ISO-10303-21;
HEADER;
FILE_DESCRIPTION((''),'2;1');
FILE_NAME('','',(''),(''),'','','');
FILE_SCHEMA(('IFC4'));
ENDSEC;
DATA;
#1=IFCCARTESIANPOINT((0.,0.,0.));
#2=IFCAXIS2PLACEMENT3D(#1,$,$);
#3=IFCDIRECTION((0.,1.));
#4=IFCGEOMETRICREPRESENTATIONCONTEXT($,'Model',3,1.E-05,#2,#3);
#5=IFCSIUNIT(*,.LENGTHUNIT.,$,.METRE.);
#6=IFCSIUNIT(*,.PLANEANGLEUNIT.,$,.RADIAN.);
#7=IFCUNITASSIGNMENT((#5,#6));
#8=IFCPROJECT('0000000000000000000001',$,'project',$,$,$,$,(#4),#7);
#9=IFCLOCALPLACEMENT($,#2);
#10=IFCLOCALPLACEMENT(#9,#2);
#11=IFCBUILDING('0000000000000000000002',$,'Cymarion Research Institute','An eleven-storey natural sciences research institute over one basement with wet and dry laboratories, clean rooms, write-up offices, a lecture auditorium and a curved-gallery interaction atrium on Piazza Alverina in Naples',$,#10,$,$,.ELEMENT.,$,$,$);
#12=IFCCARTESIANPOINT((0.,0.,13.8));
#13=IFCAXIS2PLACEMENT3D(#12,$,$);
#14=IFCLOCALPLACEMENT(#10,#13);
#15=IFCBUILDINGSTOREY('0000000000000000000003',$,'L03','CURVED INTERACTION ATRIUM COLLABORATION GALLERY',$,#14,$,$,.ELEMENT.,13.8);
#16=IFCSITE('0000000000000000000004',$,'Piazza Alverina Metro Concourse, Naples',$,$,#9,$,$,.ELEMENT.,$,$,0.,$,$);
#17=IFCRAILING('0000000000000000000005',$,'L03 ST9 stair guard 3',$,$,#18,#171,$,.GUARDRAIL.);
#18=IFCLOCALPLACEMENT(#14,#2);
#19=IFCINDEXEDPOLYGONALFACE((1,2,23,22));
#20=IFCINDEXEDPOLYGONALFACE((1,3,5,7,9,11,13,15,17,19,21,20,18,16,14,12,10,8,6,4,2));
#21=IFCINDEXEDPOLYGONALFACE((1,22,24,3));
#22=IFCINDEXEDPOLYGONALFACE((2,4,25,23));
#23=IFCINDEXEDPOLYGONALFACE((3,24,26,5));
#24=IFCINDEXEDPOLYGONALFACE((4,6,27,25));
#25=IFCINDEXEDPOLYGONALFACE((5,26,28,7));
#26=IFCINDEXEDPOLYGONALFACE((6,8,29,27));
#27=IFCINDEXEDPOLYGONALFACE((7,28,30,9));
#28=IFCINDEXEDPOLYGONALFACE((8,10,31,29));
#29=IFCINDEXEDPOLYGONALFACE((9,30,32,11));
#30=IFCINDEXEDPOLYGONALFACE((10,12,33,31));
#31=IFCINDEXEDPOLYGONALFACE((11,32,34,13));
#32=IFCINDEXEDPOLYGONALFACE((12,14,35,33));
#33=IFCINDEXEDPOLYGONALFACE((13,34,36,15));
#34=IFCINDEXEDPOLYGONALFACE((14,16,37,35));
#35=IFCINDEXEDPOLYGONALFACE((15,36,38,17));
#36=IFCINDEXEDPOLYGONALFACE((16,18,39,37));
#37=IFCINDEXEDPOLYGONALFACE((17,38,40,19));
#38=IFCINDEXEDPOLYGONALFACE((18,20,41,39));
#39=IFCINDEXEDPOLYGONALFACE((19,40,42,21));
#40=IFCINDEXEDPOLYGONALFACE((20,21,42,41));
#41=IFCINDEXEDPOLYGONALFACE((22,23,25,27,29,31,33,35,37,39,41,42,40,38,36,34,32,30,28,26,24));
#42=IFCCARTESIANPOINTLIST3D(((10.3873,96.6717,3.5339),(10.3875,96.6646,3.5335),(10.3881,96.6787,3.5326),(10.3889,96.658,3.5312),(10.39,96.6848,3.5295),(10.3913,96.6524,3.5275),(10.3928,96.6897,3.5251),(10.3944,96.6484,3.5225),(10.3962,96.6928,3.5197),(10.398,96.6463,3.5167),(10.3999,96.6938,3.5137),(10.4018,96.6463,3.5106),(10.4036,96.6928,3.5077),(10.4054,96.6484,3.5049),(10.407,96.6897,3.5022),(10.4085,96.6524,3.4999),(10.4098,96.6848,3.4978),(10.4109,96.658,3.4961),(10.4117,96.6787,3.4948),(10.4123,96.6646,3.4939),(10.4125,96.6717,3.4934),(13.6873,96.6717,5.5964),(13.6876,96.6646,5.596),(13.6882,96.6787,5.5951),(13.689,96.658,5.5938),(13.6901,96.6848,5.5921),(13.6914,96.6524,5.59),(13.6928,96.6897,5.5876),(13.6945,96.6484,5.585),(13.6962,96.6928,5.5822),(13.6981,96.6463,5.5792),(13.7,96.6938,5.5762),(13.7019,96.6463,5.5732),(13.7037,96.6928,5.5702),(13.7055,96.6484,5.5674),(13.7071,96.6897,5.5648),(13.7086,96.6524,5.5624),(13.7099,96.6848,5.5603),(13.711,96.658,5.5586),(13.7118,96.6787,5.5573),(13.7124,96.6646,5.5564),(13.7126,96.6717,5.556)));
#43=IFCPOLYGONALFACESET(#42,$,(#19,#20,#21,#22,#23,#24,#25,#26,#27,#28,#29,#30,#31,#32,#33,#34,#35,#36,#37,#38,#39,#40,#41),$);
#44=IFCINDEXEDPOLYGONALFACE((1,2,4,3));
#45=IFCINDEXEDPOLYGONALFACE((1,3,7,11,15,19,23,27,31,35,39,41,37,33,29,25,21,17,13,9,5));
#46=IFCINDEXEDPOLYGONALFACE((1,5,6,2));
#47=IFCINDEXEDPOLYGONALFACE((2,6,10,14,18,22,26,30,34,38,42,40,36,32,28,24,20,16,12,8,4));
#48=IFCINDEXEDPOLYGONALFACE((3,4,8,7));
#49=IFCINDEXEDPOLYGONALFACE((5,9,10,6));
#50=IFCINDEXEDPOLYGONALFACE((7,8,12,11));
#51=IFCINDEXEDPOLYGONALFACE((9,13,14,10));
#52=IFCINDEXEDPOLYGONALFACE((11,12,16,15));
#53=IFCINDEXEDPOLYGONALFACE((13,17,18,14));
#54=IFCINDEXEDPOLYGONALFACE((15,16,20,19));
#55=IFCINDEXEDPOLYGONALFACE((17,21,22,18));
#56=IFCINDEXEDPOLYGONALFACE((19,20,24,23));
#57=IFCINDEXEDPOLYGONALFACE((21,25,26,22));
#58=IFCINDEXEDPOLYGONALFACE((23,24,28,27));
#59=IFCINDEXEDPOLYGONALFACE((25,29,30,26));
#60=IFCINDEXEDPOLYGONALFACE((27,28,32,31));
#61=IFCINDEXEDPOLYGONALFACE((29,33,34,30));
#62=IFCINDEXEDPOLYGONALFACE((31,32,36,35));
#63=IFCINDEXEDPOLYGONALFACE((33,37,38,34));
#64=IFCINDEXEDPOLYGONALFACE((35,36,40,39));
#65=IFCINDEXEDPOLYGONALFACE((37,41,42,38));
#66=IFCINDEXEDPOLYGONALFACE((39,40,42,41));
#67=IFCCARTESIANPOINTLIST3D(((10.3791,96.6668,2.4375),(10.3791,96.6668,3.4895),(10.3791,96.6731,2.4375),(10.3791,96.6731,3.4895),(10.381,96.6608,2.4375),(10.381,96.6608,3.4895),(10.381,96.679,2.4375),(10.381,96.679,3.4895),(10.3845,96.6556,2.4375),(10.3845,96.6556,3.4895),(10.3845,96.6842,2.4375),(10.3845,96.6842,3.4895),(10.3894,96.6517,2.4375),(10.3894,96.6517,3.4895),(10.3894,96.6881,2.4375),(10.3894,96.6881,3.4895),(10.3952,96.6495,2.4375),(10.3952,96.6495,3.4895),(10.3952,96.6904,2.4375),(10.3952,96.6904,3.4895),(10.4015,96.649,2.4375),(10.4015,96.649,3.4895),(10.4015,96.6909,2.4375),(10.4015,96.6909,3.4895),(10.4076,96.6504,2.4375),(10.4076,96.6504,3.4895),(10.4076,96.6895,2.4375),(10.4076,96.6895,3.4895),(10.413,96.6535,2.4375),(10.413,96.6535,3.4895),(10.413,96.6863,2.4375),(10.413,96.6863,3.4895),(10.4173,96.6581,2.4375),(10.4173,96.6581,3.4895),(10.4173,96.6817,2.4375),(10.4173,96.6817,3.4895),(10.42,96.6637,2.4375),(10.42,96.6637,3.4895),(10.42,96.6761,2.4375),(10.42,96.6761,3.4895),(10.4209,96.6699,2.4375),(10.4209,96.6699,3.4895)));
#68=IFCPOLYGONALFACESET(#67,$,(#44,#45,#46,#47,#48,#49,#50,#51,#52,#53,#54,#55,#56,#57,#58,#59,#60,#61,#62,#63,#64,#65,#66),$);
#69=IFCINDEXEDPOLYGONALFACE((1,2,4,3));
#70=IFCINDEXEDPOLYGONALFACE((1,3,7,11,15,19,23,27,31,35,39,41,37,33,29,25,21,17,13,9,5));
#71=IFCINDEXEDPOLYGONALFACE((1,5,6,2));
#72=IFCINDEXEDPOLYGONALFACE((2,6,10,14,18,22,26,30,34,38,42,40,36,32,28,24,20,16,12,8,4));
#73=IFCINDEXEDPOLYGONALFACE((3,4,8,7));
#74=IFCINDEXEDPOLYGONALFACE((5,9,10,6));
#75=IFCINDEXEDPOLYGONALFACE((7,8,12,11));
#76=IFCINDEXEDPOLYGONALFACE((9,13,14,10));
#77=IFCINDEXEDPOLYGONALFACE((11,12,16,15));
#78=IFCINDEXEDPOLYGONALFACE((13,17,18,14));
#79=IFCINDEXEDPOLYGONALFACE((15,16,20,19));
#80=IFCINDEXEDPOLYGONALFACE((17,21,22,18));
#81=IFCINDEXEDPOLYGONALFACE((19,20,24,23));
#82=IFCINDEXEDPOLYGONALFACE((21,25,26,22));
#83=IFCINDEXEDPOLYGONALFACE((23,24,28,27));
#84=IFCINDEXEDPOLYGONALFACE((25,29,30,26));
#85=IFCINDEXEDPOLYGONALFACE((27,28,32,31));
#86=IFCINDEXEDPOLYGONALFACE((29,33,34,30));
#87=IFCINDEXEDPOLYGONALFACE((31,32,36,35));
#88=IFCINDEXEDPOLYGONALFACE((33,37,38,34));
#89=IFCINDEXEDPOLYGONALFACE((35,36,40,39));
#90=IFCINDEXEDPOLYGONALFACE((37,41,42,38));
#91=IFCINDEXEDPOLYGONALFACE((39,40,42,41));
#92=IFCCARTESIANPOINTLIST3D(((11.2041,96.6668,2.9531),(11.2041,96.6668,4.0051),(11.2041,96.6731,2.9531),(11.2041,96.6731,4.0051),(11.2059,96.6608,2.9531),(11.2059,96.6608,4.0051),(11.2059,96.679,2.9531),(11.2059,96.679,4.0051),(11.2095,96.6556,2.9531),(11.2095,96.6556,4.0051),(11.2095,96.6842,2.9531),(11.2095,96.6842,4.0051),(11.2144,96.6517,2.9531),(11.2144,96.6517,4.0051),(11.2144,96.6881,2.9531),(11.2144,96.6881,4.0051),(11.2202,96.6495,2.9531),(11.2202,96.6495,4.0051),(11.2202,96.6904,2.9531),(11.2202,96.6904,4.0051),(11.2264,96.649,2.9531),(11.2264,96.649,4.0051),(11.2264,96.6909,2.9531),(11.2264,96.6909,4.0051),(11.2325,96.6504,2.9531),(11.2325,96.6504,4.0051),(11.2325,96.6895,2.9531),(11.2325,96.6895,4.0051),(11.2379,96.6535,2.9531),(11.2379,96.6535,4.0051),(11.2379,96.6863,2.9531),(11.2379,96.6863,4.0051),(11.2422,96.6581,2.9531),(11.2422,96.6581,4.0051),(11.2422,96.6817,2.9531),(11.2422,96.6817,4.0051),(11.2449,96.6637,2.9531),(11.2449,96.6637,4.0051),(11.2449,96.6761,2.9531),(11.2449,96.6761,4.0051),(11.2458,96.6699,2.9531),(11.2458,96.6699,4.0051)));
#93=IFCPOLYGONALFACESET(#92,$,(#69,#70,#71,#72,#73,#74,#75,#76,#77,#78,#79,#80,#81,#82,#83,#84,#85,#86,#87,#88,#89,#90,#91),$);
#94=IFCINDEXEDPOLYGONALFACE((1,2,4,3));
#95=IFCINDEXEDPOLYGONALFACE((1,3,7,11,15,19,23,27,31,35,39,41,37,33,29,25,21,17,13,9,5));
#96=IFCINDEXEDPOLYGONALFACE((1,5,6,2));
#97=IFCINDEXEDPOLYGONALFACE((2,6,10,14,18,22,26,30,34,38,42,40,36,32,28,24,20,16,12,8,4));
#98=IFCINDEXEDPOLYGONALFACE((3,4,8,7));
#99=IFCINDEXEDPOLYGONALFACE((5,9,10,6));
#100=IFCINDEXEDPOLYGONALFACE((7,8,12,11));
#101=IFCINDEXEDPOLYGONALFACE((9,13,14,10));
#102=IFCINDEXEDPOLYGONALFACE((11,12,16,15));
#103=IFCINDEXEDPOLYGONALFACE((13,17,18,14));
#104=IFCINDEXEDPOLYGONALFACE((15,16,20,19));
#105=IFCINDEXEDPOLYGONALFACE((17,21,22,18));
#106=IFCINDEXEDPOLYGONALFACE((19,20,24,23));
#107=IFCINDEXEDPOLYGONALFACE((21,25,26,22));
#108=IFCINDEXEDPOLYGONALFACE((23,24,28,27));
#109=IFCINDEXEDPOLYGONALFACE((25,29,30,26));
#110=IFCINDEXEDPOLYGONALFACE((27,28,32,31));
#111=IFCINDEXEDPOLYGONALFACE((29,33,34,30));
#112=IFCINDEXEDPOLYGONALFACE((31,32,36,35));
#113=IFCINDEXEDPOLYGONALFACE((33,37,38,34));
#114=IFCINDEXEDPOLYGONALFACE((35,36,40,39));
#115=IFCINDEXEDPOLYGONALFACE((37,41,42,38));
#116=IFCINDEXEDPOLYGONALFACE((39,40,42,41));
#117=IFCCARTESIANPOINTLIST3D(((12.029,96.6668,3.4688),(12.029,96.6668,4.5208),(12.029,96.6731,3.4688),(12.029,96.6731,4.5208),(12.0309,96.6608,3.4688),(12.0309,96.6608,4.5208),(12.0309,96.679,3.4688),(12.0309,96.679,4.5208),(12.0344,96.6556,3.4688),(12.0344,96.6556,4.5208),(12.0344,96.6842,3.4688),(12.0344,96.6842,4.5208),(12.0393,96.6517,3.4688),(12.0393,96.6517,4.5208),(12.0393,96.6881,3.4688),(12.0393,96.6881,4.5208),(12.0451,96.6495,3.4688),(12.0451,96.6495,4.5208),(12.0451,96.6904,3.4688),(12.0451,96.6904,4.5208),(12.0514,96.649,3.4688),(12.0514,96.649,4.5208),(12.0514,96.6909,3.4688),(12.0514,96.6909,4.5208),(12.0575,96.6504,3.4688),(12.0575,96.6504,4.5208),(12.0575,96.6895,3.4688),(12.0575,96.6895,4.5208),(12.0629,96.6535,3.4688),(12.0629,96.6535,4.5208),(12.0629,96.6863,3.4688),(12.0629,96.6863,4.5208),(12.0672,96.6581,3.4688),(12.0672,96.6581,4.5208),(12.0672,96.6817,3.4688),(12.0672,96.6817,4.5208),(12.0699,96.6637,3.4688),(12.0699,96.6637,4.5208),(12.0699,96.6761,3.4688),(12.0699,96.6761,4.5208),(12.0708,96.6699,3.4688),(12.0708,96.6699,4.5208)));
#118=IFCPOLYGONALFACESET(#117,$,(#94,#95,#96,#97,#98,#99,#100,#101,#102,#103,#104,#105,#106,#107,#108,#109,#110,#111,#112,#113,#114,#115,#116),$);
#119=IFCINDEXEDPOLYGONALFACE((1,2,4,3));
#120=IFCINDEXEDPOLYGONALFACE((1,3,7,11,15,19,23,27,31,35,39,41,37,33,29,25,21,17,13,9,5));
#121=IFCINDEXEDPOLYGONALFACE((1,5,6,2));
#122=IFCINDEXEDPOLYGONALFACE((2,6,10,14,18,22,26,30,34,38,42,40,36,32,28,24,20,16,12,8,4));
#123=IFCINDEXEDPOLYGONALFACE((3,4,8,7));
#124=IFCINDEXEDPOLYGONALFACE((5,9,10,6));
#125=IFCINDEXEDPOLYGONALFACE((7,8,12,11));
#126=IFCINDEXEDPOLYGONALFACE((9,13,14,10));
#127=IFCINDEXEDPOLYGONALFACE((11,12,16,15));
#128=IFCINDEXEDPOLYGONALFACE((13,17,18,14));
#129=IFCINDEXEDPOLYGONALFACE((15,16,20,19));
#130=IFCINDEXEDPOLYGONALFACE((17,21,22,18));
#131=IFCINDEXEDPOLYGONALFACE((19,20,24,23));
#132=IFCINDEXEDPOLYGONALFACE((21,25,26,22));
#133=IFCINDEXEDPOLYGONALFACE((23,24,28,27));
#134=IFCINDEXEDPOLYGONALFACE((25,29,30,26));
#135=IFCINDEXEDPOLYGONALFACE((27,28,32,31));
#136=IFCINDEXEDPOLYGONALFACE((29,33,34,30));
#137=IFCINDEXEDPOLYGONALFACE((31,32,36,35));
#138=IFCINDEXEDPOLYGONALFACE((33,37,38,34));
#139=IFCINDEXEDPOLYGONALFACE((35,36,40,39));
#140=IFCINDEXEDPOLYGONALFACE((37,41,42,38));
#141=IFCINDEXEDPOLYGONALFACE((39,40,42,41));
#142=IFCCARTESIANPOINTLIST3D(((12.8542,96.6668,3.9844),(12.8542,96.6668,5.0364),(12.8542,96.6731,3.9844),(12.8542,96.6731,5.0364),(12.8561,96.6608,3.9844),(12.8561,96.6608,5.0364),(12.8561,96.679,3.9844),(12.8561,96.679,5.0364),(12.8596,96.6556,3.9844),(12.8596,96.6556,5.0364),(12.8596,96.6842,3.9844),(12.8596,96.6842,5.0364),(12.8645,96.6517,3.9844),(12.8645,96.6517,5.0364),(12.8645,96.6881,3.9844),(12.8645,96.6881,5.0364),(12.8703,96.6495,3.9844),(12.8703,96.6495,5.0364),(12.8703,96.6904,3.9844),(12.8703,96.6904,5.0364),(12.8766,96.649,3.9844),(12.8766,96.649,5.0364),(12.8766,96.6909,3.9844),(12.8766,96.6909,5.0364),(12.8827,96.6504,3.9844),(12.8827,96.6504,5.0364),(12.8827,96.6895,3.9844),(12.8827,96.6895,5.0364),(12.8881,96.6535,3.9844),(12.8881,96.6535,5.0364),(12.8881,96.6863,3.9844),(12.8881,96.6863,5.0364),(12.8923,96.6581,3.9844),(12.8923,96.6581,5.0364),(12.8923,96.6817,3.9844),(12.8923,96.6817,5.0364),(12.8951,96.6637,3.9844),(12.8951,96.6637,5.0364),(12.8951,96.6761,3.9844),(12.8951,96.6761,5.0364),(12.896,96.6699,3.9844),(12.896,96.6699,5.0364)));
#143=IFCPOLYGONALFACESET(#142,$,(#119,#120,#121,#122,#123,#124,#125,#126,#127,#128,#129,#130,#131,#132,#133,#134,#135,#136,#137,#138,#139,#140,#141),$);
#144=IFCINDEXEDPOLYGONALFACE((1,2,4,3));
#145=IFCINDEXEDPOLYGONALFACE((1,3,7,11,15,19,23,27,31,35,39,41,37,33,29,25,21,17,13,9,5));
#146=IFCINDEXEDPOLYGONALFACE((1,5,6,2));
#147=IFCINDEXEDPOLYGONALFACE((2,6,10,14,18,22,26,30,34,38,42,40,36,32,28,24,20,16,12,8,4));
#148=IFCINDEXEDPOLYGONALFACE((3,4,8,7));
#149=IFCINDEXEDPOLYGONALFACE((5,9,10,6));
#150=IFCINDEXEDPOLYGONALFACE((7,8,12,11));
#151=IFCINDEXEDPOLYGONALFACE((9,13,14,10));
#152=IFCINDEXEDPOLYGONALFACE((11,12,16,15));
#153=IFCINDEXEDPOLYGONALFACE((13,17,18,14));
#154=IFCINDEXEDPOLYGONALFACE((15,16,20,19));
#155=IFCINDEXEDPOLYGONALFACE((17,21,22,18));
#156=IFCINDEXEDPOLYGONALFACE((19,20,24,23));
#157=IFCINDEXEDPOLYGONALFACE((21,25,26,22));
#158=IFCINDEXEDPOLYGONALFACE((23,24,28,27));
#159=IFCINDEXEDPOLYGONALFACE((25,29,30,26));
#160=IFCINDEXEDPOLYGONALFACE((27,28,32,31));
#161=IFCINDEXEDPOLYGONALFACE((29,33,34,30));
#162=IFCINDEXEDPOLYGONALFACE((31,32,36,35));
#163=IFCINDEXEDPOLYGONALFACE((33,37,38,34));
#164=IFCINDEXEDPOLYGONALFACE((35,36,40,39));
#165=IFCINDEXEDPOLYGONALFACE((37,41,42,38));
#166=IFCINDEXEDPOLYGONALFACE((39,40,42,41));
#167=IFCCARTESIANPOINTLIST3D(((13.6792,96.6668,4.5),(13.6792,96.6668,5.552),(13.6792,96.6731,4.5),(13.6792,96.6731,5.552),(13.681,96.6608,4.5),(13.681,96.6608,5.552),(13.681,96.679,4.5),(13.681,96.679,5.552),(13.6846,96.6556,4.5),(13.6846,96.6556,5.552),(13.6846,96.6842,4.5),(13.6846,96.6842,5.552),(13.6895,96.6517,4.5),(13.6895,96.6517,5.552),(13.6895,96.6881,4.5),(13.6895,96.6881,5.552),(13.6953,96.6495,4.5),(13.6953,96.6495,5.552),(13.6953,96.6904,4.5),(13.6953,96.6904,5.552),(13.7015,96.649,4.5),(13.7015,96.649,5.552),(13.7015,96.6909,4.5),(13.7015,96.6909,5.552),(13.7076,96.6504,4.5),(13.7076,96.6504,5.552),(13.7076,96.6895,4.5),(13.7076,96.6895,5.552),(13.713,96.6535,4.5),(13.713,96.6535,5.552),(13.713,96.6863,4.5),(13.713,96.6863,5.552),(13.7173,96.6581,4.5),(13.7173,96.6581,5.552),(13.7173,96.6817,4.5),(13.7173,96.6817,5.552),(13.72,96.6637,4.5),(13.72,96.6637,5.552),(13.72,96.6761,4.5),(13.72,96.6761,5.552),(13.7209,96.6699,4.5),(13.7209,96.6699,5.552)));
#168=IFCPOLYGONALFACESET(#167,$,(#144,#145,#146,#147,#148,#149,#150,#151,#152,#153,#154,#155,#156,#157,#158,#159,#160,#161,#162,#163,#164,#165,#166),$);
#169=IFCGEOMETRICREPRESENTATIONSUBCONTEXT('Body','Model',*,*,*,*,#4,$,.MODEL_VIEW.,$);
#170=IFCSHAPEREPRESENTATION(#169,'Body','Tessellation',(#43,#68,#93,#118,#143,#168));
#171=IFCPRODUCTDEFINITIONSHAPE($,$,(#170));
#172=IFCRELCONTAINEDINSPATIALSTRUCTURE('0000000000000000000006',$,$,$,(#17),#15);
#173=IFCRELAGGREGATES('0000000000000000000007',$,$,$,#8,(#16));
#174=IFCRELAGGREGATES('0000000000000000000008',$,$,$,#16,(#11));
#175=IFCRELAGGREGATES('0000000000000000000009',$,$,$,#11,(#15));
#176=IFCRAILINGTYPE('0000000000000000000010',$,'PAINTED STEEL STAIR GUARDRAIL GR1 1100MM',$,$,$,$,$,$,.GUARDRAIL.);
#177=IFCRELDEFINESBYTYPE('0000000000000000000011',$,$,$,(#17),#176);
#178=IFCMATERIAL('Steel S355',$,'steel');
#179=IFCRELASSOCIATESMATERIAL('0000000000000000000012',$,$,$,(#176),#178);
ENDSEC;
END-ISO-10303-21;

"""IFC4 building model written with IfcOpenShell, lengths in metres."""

from ifc_helpers import new_model, si_unit, direction, frame, origin, origin_2d, place, context, subcontext, project, spatial, circle, extrude, material, type_object, element, save


model = new_model("IFC4")

# Units and contexts
model_context = context("Model", 3, precision=1e-05, world=origin(), true_north=direction((0.0, 1.0)))
body_context = subcontext(model_context, "Body", "Model", "MODEL_VIEW")
ifc_project = project(units=[si_unit("LENGTHUNIT", "METRE"), si_unit("PLANEANGLEUNIT", "RADIAN")], contexts=[model_context])

# Site, building, storey
site_placement = place(None, origin())
site = spatial("IfcSite", under=ifc_project, at=site_placement, Name="Piazza Alverina Metro Concourse, Naples", CompositionType="ELEMENT", RefElevation=0.0)
building_placement = place(site_placement, origin())
building = spatial("IfcBuilding", under=site, at=building_placement, Name="Cymarion Research Institute", Description="An eleven-storey natural sciences research institute over one basement with wet and dry laboratories, clean rooms, write-up offices, a lecture auditorium and a curved-gallery interaction atrium on Piazza Alverina in Naples", CompositionType="ELEMENT")
storey_placement = place(building_placement, frame((0.0, 0.0, 13.8)))
storey = spatial("IfcBuildingStorey", under=building, at=storey_placement, Name="L03", Description="CURVED INTERACTION ATRIUM COLLABORATION GALLERY", CompositionType="ELEMENT", Elevation=13.8)

# Shared definitions
ifc_material_1 = material(Name="Steel S355", Category="steel")

# Railing
railing_type_1 = type_object("IfcRailingType", Name="PAINTED STEEL STAIR GUARDRAIL GR1 1100MM", PredefinedType="GUARDRAIL", material=ifc_material_1)
railing_1_placement = place(storey_placement, frame((10.3999, 96.6699, 2.4375)))
element("IfcRailing", 1, at=railing_1_placement, inside=storey, type_object=railing_type_1, Name="L03 ST9 stair guard 3", PredefinedType="GUARDRAIL", context=body_context, shape_type="SweptSolid", body=[
    extrude(circle(Radius=0.0239, at=origin_2d()), frame((0.0, 0.0, 1.0762), z_axis=(0.848002, 0.0, 0.529993), x_axis=(0.0, 1.0, 0.0)), (0.0, 0.0, 1.0), 3.8916),
    extrude(circle(Radius=0.021, at=origin_2d()), origin(), (0.0, 0.0, 1.0), 1.052),
    extrude(circle(Radius=0.021, at=origin_2d()), frame((0.825, 0.0, 0.5156)), (0.0, 0.0, 1.0), 1.052),
    extrude(circle(Radius=0.021, at=origin_2d()), frame((1.6499, 0.0, 1.0312)), (0.0, 0.0, 1.0), 1.052),
    extrude(circle(Radius=0.021, at=origin_2d()), frame((2.4751, 0.0, 1.5469)), (0.0, 0.0, 1.0), 1.052),
    extrude(circle(Radius=0.021, at=origin_2d()), frame((3.3, 0.0, 2.0625)), (0.0, 0.0, 1.0), 1.052),
])

save(model, "model.ifc")
